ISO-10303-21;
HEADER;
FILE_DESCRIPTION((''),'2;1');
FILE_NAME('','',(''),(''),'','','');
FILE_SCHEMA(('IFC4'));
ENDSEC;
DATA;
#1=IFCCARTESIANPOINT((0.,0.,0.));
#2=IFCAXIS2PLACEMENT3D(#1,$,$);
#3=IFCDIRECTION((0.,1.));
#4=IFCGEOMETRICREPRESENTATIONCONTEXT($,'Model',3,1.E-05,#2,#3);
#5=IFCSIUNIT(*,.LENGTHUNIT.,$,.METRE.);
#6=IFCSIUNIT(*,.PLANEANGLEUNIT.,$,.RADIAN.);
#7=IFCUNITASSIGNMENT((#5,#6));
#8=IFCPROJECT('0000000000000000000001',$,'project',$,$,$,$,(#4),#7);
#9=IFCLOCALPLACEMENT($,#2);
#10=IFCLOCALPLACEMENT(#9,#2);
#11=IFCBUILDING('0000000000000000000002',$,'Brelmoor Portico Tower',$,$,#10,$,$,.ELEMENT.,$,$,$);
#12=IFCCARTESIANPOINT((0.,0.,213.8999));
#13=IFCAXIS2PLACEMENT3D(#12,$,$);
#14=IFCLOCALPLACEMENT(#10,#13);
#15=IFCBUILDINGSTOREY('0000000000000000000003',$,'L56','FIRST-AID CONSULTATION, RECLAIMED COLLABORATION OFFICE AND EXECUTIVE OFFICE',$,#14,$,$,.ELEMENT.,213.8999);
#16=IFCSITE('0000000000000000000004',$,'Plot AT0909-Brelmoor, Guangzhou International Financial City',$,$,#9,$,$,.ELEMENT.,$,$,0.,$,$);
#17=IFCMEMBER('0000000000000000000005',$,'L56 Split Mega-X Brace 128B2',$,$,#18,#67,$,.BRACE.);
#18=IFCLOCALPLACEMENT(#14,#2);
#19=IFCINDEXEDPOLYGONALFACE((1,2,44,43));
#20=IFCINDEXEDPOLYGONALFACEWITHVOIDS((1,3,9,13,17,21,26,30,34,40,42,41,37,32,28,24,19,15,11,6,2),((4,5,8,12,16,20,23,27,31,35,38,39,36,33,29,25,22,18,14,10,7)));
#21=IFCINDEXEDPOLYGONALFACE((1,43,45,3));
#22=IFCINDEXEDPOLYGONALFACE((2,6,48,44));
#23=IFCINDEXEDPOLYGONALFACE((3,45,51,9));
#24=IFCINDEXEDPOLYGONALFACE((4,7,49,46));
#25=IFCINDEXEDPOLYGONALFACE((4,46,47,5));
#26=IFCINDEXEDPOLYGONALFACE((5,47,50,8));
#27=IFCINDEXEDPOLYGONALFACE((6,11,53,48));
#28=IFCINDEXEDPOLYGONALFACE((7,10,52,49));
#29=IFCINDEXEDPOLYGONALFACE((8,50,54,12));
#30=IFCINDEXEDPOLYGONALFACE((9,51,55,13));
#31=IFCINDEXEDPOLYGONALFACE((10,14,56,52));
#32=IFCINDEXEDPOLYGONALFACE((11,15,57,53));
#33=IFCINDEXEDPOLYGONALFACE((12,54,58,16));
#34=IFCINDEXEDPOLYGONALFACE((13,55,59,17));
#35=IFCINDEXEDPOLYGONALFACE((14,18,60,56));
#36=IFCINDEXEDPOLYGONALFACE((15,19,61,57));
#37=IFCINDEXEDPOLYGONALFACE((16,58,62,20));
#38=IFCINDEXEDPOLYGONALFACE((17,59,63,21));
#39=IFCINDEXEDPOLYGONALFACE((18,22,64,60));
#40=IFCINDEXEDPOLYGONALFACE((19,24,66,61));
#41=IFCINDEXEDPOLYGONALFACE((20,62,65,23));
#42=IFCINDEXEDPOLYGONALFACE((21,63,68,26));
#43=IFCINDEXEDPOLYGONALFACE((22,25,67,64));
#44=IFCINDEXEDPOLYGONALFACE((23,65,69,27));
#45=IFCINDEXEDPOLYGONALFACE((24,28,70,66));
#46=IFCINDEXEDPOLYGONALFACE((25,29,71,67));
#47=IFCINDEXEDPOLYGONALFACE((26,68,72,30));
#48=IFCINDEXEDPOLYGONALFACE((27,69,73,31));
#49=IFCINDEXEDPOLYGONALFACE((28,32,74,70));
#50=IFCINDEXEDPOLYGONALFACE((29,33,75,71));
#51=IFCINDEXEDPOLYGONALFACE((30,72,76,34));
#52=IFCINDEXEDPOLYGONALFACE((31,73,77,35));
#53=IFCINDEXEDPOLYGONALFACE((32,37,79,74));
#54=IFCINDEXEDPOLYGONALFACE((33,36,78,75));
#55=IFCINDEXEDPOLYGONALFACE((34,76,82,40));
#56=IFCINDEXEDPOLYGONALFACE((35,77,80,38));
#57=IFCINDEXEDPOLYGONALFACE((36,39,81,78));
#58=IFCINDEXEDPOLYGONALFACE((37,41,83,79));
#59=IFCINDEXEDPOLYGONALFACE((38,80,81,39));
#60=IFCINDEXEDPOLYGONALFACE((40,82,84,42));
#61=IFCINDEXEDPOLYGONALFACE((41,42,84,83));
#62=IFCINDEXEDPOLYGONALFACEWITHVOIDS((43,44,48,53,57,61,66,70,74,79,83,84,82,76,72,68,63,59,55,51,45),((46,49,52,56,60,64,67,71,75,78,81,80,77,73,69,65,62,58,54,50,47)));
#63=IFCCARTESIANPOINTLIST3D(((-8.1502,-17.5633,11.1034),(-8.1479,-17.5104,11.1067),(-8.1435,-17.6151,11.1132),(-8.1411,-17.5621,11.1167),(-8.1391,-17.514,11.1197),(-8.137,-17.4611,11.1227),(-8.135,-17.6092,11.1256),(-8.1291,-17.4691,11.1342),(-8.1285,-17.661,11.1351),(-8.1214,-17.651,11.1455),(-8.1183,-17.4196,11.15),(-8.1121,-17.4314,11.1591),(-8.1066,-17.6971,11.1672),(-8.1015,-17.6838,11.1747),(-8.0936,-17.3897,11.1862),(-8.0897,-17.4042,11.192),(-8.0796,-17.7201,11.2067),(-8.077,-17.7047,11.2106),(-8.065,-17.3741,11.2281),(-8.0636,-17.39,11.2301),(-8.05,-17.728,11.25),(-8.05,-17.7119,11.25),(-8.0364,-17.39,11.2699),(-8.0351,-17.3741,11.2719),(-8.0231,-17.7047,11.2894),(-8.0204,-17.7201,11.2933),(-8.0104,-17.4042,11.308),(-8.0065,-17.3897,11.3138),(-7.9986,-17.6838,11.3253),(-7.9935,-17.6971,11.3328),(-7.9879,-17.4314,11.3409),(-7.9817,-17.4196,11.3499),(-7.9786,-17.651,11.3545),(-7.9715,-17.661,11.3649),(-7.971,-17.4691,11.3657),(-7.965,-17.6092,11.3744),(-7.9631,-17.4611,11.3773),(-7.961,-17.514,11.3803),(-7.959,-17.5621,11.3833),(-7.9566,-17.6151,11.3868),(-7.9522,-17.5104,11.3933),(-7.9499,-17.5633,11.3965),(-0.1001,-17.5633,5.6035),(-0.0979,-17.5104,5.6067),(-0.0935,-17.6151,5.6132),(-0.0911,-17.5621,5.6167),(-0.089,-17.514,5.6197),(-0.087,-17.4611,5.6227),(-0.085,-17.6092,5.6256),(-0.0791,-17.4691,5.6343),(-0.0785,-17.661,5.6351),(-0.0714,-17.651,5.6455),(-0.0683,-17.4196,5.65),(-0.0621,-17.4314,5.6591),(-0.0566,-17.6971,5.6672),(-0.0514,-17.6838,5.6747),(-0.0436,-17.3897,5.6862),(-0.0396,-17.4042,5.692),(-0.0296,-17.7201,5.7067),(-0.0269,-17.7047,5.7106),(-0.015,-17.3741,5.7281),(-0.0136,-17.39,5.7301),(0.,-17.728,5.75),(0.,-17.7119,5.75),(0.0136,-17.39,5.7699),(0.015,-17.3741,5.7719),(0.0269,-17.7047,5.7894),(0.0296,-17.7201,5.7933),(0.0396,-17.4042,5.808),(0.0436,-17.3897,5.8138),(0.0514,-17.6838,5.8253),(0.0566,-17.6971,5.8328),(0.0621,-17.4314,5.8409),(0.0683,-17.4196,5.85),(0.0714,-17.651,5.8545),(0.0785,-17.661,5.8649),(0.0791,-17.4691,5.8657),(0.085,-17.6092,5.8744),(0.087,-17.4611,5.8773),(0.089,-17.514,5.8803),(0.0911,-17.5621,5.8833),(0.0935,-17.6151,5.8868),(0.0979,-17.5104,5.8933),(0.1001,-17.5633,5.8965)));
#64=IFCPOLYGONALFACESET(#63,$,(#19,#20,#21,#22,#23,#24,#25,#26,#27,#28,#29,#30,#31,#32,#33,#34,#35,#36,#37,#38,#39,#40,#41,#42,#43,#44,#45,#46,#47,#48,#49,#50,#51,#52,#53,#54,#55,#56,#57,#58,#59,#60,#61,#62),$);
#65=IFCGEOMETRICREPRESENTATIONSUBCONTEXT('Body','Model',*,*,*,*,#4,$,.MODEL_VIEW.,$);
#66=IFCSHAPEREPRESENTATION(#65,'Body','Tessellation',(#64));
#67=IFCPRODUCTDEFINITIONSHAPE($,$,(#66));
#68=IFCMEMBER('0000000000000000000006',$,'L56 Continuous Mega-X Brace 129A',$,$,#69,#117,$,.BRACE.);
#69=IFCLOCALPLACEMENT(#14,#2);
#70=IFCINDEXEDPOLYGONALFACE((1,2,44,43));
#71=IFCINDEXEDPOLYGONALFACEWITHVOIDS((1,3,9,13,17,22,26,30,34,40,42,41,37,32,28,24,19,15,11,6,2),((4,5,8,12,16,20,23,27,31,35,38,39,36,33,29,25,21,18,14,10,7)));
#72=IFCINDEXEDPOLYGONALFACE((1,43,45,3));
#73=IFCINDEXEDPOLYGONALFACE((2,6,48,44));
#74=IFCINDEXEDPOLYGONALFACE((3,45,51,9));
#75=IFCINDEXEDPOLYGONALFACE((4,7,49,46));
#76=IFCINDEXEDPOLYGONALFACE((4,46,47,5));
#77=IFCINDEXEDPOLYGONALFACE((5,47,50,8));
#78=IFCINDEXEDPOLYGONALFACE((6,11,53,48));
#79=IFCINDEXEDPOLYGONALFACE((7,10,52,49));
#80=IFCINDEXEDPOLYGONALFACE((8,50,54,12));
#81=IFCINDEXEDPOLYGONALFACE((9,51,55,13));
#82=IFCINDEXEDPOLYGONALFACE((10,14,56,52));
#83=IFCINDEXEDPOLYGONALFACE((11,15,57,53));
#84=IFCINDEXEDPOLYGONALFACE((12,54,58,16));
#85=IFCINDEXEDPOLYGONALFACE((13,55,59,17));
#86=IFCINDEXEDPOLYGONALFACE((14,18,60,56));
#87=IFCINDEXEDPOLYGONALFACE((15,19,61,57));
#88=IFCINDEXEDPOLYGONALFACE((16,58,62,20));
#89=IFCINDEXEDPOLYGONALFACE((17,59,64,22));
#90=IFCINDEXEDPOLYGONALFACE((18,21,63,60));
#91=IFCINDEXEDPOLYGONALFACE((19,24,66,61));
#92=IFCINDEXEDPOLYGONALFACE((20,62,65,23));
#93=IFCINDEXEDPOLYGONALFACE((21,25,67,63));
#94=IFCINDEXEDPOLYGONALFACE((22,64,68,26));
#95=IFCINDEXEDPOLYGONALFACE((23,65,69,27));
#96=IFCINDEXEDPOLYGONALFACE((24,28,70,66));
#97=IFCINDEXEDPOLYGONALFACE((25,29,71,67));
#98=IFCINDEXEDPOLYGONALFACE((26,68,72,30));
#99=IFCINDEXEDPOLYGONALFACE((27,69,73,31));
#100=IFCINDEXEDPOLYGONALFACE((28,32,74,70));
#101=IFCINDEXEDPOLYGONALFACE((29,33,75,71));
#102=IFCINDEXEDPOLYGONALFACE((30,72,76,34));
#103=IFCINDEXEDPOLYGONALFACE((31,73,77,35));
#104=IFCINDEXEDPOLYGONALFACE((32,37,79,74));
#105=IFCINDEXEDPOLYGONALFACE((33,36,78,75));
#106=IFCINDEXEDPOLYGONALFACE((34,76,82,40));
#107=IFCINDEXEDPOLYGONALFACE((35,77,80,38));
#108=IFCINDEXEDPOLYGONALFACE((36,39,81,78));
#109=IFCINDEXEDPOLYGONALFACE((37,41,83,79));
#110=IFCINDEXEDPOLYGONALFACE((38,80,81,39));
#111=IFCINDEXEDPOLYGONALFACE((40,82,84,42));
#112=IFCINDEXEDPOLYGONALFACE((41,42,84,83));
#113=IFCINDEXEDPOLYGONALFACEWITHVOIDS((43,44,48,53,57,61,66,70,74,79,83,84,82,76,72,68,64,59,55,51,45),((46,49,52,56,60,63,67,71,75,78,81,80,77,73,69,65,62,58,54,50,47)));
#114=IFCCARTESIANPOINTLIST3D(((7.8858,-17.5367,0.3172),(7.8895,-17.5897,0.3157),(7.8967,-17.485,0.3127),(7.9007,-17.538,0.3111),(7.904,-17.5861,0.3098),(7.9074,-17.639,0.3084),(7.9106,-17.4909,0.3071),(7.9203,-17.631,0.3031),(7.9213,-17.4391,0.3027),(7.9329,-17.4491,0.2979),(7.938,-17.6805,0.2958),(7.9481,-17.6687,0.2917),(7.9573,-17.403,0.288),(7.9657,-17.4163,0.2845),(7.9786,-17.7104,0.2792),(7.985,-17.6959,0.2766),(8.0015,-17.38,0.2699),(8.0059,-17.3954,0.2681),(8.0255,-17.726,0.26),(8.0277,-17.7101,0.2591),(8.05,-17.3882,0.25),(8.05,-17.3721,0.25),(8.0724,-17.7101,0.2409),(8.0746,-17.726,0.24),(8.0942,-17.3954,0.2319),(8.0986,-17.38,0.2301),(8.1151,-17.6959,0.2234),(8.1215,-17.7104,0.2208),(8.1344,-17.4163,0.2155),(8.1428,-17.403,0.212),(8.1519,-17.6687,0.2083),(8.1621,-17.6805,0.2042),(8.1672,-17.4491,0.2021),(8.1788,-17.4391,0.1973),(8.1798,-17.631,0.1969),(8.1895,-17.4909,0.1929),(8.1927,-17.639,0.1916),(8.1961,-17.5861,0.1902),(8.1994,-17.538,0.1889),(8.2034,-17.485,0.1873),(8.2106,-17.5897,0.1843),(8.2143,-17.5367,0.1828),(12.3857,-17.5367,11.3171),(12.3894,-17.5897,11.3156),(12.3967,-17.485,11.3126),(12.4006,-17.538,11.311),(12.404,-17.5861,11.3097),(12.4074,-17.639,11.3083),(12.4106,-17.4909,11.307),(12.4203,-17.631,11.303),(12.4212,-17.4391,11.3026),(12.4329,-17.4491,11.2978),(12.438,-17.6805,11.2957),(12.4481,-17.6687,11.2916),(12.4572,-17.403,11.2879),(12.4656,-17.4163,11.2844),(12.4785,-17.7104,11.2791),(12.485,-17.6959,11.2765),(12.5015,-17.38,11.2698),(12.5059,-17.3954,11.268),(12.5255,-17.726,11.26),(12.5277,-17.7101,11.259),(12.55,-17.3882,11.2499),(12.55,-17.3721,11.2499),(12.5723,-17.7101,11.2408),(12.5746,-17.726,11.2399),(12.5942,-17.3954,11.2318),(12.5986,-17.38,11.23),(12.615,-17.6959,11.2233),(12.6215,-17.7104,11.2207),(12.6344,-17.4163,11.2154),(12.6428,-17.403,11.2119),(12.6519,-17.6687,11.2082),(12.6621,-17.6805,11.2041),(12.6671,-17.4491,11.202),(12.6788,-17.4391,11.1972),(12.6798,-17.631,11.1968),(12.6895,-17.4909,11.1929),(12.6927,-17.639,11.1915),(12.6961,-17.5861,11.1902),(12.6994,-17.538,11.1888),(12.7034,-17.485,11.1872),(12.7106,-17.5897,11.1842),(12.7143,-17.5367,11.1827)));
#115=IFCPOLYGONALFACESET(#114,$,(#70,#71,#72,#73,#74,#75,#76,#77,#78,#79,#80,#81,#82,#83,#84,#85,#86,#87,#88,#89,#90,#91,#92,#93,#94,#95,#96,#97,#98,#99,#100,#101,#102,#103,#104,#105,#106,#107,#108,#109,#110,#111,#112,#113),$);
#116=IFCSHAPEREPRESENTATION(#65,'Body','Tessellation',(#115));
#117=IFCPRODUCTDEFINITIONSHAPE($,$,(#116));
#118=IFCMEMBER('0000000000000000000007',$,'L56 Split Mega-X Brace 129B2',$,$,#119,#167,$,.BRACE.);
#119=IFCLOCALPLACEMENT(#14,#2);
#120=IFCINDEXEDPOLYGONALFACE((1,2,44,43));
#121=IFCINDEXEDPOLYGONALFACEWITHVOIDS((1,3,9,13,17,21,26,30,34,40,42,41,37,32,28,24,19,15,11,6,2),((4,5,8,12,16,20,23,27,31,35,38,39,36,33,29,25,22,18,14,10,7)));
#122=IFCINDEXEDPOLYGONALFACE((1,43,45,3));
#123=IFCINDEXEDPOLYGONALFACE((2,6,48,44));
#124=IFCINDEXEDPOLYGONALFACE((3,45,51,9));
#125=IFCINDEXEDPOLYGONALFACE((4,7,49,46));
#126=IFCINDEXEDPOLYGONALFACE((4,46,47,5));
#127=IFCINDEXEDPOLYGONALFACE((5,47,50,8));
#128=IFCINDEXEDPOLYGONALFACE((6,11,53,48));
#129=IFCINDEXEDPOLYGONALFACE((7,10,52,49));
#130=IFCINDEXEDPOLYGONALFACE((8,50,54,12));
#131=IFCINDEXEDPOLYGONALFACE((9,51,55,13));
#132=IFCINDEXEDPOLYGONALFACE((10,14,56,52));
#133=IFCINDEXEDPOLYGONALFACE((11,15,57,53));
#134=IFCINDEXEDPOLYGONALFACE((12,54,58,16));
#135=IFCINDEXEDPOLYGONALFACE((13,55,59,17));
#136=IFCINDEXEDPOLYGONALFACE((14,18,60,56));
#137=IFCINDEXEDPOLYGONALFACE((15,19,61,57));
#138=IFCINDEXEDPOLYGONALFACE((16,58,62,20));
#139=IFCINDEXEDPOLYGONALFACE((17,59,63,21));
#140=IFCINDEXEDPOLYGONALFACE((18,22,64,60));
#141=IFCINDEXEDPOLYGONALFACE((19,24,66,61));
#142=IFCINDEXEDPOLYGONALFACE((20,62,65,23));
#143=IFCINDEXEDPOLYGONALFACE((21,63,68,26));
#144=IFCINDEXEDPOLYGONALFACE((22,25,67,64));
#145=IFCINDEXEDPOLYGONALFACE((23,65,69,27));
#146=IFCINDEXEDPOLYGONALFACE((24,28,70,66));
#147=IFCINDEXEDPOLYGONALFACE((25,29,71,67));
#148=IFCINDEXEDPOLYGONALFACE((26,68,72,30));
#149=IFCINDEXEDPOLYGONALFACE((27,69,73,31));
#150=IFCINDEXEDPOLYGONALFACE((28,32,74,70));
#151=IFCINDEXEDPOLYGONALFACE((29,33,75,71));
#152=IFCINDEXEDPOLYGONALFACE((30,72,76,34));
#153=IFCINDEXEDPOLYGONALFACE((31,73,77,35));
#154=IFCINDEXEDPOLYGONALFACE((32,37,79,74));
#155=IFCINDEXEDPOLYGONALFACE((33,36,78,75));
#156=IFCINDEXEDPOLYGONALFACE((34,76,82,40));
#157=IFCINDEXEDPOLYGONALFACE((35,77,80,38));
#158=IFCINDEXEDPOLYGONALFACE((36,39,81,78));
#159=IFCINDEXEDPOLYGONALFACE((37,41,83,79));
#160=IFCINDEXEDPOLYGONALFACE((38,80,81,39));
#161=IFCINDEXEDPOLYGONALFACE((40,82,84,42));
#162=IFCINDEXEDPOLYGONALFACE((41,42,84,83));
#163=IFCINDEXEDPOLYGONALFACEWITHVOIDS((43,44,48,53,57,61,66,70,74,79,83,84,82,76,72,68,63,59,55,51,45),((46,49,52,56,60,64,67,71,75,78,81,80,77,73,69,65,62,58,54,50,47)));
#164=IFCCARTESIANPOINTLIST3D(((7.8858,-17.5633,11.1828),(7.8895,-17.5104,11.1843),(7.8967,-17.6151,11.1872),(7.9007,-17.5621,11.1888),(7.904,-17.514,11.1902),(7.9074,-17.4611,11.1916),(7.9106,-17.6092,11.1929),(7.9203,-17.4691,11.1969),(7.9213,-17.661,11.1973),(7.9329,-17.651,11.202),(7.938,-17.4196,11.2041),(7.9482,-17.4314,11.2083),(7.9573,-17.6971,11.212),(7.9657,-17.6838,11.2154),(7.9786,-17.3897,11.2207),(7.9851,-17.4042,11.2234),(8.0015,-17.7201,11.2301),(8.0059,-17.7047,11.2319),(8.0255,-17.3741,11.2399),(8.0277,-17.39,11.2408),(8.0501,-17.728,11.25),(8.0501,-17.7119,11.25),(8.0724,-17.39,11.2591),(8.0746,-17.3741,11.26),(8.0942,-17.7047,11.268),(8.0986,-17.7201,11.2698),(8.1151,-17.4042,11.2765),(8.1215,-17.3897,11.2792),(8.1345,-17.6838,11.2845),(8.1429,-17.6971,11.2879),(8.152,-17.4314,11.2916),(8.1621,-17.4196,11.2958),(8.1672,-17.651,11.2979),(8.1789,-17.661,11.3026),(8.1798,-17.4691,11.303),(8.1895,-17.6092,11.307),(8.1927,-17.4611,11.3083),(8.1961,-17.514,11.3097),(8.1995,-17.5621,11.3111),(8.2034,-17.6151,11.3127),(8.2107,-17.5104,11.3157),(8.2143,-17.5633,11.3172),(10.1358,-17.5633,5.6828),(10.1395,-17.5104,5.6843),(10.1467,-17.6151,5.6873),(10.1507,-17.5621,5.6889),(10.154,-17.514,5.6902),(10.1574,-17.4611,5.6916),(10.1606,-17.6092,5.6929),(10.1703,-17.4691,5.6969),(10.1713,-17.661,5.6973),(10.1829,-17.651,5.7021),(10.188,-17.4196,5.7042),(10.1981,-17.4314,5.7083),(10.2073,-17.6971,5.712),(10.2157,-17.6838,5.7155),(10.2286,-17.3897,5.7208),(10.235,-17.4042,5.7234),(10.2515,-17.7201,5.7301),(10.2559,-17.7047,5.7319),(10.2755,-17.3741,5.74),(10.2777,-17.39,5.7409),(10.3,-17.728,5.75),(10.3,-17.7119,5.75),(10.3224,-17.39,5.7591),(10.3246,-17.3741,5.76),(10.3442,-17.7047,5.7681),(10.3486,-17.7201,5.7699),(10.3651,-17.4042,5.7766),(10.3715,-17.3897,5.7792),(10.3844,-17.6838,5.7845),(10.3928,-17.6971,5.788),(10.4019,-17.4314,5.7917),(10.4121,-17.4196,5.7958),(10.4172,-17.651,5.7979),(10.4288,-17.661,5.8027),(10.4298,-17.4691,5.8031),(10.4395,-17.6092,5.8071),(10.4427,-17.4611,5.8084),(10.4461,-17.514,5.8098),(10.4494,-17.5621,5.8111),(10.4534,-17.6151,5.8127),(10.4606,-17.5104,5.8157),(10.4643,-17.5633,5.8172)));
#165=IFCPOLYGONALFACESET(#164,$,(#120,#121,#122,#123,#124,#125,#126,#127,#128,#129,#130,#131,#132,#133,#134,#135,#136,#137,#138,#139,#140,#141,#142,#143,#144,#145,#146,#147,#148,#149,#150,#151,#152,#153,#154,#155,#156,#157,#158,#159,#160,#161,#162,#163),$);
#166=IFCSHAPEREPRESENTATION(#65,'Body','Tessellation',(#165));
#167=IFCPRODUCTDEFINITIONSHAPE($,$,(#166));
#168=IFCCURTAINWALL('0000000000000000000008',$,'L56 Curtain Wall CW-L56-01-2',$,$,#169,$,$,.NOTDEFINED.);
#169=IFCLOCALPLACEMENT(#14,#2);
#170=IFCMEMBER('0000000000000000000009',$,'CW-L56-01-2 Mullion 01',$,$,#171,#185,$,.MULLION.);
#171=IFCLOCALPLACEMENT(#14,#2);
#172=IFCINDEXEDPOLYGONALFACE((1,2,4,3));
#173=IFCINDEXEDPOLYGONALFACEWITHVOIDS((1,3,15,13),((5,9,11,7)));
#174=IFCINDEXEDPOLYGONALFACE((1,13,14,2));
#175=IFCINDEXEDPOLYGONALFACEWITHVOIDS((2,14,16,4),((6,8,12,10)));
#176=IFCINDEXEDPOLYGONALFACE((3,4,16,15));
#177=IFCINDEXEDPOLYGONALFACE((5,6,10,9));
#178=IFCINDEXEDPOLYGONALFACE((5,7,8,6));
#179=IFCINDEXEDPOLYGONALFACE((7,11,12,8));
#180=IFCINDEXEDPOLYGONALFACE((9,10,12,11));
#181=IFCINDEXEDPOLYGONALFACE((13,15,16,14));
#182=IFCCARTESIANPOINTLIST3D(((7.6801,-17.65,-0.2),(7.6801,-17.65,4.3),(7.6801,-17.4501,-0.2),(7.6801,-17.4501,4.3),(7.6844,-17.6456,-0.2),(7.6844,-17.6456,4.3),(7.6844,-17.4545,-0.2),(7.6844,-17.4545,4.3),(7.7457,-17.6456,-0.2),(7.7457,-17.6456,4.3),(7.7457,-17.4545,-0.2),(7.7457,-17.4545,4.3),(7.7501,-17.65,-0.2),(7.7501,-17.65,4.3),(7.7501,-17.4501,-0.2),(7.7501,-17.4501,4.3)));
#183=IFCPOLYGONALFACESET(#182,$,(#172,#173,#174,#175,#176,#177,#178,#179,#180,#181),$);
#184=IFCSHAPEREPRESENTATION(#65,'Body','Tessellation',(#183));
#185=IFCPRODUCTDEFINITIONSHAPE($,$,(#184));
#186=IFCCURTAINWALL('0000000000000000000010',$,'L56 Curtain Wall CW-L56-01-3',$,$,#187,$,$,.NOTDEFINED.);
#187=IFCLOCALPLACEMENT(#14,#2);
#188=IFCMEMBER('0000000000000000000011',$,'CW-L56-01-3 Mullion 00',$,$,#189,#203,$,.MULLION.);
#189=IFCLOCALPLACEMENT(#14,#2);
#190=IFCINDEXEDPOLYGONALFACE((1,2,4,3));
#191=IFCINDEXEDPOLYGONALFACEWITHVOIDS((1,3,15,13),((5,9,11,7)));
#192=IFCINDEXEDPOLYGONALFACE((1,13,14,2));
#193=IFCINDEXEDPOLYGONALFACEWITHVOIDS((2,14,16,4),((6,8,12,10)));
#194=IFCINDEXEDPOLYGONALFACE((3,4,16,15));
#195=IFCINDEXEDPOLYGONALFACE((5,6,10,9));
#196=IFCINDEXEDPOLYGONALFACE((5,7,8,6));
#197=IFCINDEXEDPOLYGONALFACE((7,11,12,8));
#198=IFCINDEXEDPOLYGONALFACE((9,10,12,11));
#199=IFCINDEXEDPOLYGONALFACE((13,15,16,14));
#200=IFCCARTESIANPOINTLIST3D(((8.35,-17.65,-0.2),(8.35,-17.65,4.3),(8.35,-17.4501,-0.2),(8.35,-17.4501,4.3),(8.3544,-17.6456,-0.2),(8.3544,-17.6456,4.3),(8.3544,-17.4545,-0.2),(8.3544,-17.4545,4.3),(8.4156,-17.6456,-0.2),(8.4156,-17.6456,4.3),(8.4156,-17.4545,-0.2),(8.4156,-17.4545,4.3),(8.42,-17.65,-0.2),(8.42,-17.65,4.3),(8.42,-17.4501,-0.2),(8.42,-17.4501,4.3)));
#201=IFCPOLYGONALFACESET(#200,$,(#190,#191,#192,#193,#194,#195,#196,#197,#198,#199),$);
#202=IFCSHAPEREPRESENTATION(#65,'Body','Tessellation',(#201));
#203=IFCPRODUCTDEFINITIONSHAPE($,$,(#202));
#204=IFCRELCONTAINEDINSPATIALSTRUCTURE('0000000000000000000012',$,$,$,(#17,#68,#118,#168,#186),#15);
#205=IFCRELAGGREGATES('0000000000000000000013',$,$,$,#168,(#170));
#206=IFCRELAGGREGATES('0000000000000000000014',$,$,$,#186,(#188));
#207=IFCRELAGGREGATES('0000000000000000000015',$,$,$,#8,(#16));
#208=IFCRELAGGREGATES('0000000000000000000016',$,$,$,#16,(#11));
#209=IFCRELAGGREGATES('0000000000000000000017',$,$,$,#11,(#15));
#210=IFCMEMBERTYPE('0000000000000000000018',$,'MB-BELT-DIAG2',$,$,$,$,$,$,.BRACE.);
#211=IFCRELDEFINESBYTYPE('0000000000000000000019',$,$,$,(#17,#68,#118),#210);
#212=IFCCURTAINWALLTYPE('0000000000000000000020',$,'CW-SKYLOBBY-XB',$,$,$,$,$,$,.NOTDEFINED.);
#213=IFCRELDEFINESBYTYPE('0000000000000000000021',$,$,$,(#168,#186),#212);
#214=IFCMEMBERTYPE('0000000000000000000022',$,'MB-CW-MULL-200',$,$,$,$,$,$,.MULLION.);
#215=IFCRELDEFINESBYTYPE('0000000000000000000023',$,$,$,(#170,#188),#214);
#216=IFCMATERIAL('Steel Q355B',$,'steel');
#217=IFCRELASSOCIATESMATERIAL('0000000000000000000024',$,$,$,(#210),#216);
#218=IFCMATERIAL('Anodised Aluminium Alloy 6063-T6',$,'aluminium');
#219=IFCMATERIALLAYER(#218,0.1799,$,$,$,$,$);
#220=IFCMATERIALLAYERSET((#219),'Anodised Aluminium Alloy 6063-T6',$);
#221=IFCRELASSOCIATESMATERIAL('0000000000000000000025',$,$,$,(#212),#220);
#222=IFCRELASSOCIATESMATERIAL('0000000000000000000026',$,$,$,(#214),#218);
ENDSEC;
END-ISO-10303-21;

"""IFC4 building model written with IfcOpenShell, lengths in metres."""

from ifc_helpers import new_model, si_unit, direction, frame, origin, origin_2d, place, context, subcontext, project, spatial, hollow_rectangle, hollow_circle, extrude, material, layer, layer_set, material_profile, profile_set, type_object, element, aggregate, save


model = new_model("IFC4")

# Units and contexts
model_context = context("Model", 3, precision=1e-05, world=origin(), true_north=direction((0.0, 1.0)))
body_context = subcontext(model_context, "Body", "Model", "MODEL_VIEW")
ifc_project = project(units=[si_unit("LENGTHUNIT", "METRE"), si_unit("PLANEANGLEUNIT", "RADIAN")], contexts=[model_context])

# Site, building, storey
site_placement = place(None, origin())
site = spatial("IfcSite", under=ifc_project, at=site_placement, Name="Plot AT0909-Brelmoor, Guangzhou International Financial City", CompositionType="ELEMENT", RefElevation=0.0)
building_placement = place(site_placement, origin())
building = spatial("IfcBuilding", under=site, at=building_placement, Name="Brelmoor Portico Tower", CompositionType="ELEMENT")
storey_placement = place(building_placement, frame((0.0, 0.0, 213.8999)))
storey = spatial("IfcBuildingStorey", under=building, at=storey_placement, Name="L56", Description="FIRST-AID CONSULTATION, RECLAIMED COLLABORATION OFFICE AND EXECUTIVE OFFICE", CompositionType="ELEMENT", Elevation=213.8999)

# Shared definitions
ifc_material_1 = material(Name="Steel Q355B", Category="steel")

# Members
ifc_material_profile_1 = material_profile(ifc_material_1, hollow_circle(Radius=0.178, WallThickness=0.0161, at=origin_2d()), Name="CHS 356x16")
ifc_profile_set_1 = profile_set([ifc_material_profile_1], Name="Steel Q355B")
member_type_1 = type_object("IfcMemberType", Name="MB-BELT-DIAG2", PredefinedType="BRACE", material=ifc_profile_set_1)
for number, where, z_axis, x_axis, name in (
    (1, (0.0, -17.55, 5.75), (-0.825686, 0.0, 0.56413), (0.0, -1.0, 0.0), "L56 Split Mega-X Brace 128B2"),
):
    element("IfcMember", number, at=place(storey_placement, frame(where, z_axis=z_axis, x_axis=x_axis)), inside=storey, type_object=member_type_1, Name=name, PredefinedType="BRACE", context=body_context, shape_type="SweptSolid", body=[
        extrude(hollow_circle(Radius=0.178, WallThickness=0.0161, at=origin_2d()), origin(), (0.0, 0.0, 1.0), 9.7495),
    ])
member_1_placement = place(storey_placement, frame((8.05, -17.55, 0.25), z_axis=(0.378633, 0.0, 0.925547), x_axis=(0.0, 1.0, 0.0)))
element("IfcMember", 2, at=member_1_placement, inside=storey, type_object=member_type_1, Name="L56 Continuous Mega-X Brace 129A", PredefinedType="BRACE", context=body_context, shape_type="SweptSolid", body=[
    extrude(hollow_circle(Radius=0.178, WallThickness=0.0161, at=origin_2d()), origin(), (0.0, 0.0, 1.0), 11.8848),
])
member_2_placement = place(storey_placement, frame((10.3, -17.55, 5.75), z_axis=(-0.378633, 0.0, 0.925547), x_axis=(0.0, -1.0, 0.0)))
element("IfcMember", 3, at=member_2_placement, inside=storey, type_object=member_type_1, Name="L56 Split Mega-X Brace 129B2", PredefinedType="BRACE", context=body_context, shape_type="SweptSolid", body=[
    extrude(hollow_circle(Radius=0.178, WallThickness=0.0161, at=origin_2d()), origin(), (0.0, 0.0, 1.0), 5.9424),
])

# Curtain wall, member
ifc_material_2 = material(Name="Anodised Aluminium Alloy 6063-T6", Category="aluminium")
ifc_layer_1 = layer(ifc_material_2, 0.1799)
ifc_layer_set_1 = layer_set([ifc_layer_1], Name="Anodised Aluminium Alloy 6063-T6")
curtain_wall_type = type_object("IfcCurtainWallType", Name="CW-SKYLOBBY-XB", PredefinedType="NOTDEFINED", material=ifc_layer_set_1)
curtain_wall_1_placement = place(storey_placement, origin())
curtain_wall_1 = element("IfcCurtainWall", 4, at=curtain_wall_1_placement, inside=storey, type_object=curtain_wall_type, Name="L56 Curtain Wall CW-L56-01-2", PredefinedType="NOTDEFINED")
ifc_material_profile_2 = material_profile(ifc_material_2, hollow_rectangle(XDim=0.0701, YDim=0.2, WallThickness=0.0044, at=origin_2d()), Name="ALU MULLION 70x200")
ifc_profile_set_2 = profile_set([ifc_material_profile_2], Name="Anodised Aluminium Alloy 6063-T6")
member_type_2 = type_object("IfcMemberType", Name="MB-CW-MULL-200", PredefinedType="MULLION", material=ifc_profile_set_2)
member_3_placement = place(storey_placement, frame((7.7151, -17.55, -0.2), z_axis=(0.0, 0.0, 1.0), x_axis=(1.0, 0.0, 0.0)))
member_3 = element("IfcMember", 5, at=member_3_placement, type_object=member_type_2, Name="CW-L56-01-2 Mullion 01", PredefinedType="MULLION", context=body_context, shape_type="SweptSolid", body=[
    extrude(hollow_rectangle(XDim=0.0701, YDim=0.2, WallThickness=0.0044, at=origin_2d()), origin(), (0.0, 0.0, 1.0), 4.5),
])

# Curtain wall, member
curtain_wall_2_placement = place(storey_placement, origin())
curtain_wall_2 = element("IfcCurtainWall", 6, at=curtain_wall_2_placement, inside=storey, type_object=curtain_wall_type, Name="L56 Curtain Wall CW-L56-01-3", PredefinedType="NOTDEFINED")
member_4_placement = place(storey_placement, frame((8.385, -17.55, -0.2), z_axis=(0.0, 0.0, 1.0), x_axis=(1.0, 0.0, 0.0)))
member_4 = element("IfcMember", 7, at=member_4_placement, type_object=member_type_2, Name="CW-L56-01-3 Mullion 00", PredefinedType="MULLION", context=body_context, shape_type="SweptSolid", body=[
    extrude(hollow_rectangle(XDim=0.0701, YDim=0.2, WallThickness=0.0044, at=origin_2d()), origin(), (0.0, 0.0, 1.0), 4.5),
])

aggregate(curtain_wall_1, [member_3])
aggregate(curtain_wall_2, [member_4])

save(model, "model.ifc")
